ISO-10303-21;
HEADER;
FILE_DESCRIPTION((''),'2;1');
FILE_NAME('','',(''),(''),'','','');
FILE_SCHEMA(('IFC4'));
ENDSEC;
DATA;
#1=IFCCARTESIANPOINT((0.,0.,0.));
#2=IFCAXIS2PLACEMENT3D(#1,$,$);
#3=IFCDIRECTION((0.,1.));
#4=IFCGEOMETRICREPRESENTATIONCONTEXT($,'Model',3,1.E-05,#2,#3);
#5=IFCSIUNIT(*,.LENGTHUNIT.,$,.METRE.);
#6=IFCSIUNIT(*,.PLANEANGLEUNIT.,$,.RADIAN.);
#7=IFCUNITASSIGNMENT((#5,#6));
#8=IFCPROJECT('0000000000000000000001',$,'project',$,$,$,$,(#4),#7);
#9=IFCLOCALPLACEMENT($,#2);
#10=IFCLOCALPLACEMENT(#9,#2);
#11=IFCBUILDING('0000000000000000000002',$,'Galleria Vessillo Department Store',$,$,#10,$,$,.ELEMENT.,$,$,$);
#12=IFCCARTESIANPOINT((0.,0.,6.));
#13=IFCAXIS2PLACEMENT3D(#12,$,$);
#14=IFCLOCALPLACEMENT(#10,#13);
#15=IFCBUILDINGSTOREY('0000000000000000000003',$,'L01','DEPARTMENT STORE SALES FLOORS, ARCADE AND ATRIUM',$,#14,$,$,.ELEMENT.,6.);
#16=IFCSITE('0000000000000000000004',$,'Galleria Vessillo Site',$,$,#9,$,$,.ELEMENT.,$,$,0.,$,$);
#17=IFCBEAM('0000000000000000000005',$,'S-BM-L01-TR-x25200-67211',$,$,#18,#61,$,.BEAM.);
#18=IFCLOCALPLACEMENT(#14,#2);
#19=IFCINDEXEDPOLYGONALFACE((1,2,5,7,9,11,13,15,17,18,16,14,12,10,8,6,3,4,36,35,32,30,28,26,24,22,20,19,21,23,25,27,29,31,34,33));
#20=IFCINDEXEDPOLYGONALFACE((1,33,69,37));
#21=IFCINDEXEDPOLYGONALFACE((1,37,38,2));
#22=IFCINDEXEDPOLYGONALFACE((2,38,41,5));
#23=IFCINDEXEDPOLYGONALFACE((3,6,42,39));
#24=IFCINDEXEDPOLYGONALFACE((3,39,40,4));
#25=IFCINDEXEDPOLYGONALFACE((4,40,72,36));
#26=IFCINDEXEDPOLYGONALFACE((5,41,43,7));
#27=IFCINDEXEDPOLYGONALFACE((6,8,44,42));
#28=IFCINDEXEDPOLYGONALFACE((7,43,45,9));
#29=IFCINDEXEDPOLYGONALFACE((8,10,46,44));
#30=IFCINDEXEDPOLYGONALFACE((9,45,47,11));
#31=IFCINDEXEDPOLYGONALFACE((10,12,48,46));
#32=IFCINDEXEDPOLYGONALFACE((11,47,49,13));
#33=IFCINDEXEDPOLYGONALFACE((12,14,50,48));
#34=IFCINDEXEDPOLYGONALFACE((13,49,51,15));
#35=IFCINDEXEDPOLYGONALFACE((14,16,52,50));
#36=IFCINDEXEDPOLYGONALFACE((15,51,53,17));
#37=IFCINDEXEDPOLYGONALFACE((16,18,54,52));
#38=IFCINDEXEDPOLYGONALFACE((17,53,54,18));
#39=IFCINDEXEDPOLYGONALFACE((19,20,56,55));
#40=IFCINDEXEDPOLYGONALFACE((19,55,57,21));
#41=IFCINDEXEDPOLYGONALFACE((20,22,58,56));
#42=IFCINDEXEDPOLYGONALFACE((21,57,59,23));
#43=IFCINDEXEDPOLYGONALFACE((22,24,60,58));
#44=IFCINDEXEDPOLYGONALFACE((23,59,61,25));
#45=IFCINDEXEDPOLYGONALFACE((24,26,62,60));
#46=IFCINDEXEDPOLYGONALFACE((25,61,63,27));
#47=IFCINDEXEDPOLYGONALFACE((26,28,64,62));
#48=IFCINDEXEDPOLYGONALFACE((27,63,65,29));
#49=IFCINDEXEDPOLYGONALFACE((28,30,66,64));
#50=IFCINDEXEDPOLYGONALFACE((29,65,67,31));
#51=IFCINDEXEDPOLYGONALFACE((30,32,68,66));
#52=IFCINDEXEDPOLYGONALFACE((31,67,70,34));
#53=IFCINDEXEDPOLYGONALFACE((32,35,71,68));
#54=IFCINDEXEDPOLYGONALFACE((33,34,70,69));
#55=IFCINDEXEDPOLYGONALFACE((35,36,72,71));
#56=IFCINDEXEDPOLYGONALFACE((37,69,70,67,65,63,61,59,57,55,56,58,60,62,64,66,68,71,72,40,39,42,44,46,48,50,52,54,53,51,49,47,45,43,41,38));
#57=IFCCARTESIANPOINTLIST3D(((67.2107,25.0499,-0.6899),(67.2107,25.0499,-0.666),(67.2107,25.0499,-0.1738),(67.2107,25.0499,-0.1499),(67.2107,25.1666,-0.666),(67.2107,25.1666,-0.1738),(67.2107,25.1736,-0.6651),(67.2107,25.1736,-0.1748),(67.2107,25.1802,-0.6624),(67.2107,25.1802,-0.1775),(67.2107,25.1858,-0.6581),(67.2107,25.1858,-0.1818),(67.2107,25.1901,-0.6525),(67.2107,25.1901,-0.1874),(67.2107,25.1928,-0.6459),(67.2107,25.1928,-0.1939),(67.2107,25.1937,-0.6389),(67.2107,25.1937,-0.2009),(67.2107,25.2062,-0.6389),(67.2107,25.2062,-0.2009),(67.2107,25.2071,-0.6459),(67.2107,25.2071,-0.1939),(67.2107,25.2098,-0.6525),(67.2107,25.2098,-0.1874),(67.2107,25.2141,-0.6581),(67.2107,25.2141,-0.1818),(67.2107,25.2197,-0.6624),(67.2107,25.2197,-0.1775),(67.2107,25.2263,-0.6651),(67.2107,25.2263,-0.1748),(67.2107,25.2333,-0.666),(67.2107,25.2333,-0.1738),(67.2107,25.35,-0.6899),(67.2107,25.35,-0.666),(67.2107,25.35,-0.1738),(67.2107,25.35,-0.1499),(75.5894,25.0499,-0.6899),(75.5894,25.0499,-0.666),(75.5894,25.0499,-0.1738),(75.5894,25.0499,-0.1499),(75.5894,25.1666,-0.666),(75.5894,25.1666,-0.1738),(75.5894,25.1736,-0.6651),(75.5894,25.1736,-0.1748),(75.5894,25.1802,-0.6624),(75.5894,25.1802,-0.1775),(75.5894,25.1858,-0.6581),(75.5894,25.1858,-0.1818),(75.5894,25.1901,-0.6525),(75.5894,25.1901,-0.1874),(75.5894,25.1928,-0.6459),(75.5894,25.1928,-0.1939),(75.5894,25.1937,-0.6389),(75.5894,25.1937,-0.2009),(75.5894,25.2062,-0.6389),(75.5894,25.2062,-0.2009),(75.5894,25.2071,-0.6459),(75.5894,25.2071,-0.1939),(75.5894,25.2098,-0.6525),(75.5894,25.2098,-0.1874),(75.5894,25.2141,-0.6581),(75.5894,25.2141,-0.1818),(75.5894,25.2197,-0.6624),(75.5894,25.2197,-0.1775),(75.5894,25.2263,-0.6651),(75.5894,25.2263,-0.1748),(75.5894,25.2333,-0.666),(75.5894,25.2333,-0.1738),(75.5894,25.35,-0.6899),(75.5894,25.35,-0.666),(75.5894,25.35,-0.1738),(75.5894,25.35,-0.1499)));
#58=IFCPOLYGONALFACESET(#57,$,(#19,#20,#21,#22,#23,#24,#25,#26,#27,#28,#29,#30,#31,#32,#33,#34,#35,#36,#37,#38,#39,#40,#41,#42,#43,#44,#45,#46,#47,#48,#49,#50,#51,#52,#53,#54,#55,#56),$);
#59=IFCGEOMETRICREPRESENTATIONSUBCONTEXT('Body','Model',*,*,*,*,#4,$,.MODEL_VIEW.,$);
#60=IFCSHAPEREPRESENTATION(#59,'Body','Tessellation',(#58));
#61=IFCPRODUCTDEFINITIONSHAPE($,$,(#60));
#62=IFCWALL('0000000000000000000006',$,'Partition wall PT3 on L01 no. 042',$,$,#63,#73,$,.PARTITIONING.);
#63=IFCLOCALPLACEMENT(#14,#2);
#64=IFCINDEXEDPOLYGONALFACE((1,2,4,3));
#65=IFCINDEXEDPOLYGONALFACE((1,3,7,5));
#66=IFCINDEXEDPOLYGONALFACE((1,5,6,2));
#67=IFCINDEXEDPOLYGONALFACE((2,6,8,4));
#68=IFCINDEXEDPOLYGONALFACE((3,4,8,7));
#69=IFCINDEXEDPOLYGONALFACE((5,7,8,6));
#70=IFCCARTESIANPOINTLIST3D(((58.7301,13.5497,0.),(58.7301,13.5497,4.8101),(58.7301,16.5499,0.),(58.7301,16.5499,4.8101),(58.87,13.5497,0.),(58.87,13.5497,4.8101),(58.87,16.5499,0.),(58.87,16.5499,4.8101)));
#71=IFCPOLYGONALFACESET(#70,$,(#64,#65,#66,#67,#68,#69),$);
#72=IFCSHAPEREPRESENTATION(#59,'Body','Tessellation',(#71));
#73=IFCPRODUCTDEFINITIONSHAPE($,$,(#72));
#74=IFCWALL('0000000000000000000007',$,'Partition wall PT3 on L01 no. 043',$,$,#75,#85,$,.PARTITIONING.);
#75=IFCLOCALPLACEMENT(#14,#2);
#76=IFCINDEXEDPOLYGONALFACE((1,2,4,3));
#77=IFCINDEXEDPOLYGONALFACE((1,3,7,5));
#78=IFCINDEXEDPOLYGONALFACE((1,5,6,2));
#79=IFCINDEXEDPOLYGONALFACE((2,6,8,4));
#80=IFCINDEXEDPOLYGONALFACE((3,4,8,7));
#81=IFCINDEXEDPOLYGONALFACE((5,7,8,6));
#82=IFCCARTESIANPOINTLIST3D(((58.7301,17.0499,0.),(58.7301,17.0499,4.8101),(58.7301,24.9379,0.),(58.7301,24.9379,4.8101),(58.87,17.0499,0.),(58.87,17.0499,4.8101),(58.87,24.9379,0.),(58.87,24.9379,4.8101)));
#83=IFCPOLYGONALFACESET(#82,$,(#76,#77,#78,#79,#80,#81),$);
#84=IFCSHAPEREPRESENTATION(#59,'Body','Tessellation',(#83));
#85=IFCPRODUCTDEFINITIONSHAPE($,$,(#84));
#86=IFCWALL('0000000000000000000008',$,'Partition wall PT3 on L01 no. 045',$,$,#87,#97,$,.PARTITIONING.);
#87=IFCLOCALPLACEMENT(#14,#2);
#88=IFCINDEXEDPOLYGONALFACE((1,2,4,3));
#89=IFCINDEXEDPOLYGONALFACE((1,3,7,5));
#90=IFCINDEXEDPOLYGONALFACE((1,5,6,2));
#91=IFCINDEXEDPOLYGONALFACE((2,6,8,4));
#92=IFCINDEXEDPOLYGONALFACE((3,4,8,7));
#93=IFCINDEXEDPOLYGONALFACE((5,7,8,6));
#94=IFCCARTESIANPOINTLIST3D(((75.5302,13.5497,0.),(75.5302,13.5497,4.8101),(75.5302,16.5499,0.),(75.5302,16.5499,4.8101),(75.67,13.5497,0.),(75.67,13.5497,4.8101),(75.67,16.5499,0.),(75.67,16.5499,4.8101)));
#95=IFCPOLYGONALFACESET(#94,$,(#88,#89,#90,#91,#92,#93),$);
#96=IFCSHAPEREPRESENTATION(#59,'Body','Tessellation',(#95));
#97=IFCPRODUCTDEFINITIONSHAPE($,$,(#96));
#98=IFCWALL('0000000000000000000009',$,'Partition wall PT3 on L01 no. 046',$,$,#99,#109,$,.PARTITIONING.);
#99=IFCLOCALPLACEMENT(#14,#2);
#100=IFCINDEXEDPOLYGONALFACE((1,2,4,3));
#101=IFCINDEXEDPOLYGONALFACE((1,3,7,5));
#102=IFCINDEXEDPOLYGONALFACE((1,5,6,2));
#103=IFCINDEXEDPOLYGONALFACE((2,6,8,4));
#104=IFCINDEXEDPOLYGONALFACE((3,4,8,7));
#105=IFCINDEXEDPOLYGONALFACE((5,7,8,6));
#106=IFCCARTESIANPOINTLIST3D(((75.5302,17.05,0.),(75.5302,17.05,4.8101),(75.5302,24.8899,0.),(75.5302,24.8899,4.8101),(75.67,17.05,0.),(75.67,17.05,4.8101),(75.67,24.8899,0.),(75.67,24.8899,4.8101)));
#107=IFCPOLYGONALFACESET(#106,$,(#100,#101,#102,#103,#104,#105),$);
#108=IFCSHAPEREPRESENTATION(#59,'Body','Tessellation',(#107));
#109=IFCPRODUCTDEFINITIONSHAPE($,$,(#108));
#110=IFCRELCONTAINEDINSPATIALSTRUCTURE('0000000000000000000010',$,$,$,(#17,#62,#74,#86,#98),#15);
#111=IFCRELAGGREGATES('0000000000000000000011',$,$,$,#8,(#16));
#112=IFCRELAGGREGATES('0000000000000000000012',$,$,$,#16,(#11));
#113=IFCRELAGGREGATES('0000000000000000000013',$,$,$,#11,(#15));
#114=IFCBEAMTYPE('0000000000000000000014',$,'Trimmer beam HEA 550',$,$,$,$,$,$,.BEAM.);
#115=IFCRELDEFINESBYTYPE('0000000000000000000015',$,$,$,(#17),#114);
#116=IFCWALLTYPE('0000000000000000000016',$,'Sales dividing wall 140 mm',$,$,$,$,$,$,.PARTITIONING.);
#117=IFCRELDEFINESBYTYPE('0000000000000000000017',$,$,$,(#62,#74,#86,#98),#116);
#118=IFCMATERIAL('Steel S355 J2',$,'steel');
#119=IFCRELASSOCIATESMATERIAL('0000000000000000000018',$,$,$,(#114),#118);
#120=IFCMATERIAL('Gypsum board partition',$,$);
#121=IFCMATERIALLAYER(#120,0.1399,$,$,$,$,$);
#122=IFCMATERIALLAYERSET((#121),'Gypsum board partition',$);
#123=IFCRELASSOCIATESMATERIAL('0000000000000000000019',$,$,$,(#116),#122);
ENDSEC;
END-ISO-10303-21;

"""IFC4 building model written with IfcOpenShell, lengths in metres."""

from ifc_helpers import new_model, si_unit, direction, frame, frame_2d, origin, origin_2d, place, context, subcontext, project, spatial, rectangle, i_section, extrude, material, layer, layer_set, material_profile, profile_set, type_object, element, save


model = new_model("IFC4")

# Units and contexts
model_context = context("Model", 3, precision=1e-05, world=origin(), true_north=direction((0.0, 1.0)))
body_context = subcontext(model_context, "Body", "Model", "MODEL_VIEW")
ifc_project = project(units=[si_unit("LENGTHUNIT", "METRE"), si_unit("PLANEANGLEUNIT", "RADIAN")], contexts=[model_context])

# Site, building, storey
site_placement = place(None, origin())
site = spatial("IfcSite", under=ifc_project, at=site_placement, Name="Galleria Vessillo Site", CompositionType="ELEMENT", RefElevation=0.0)
building_placement = place(site_placement, origin())
building = spatial("IfcBuilding", under=site, at=building_placement, Name="Galleria Vessillo Department Store", CompositionType="ELEMENT")
storey_placement = place(building_placement, frame((0.0, 0.0, 6.0)))
storey = spatial("IfcBuildingStorey", under=building, at=storey_placement, Name="L01", Description="DEPARTMENT STORE SALES FLOORS, ARCADE AND ATRIUM", CompositionType="ELEMENT", Elevation=6.0)

# Beam
ifc_material_1 = material(Name="Steel S355 J2", Category="steel")
ifc_material_profile_1 = material_profile(ifc_material_1, i_section(OverallWidth=0.3, OverallDepth=0.54, WebThickness=0.0125, FlangeThickness=0.0239, FilletRadius=0.0271, at=origin_2d()), Name="HEA 550")
ifc_profile_set_1 = profile_set([ifc_material_profile_1], Name="Steel S355 J2")
beam_type_1 = type_object("IfcBeamType", Name="Trimmer beam HEA 550", PredefinedType="BEAM", material=ifc_profile_set_1)
beam_1_placement = place(storey_placement, frame((67.2107, 25.2, -0.4199), z_axis=(1.0, 0.0, 0.0), x_axis=(0.0, 1.0, 0.0)))
element("IfcBeam", 1, at=beam_1_placement, inside=storey, type_object=beam_type_1, Name="S-BM-L01-TR-x25200-67211", PredefinedType="BEAM", context=body_context, shape_type="SweptSolid", body=[
    extrude(i_section(OverallWidth=0.3, OverallDepth=0.54, WebThickness=0.0125, FlangeThickness=0.0239, FilletRadius=0.0271, at=origin_2d()), origin(), (0.0, 0.0, 1.0), 8.3787),
])

# Walls
ifc_material_2 = material(Name="Gypsum board partition")
ifc_layer = layer(ifc_material_2, 0.1399)
ifc_layer_set = layer_set([ifc_layer], Name="Gypsum board partition")
wall_type = type_object("IfcWallType", Name="Sales dividing wall 140 mm", PredefinedType="PARTITIONING", material=ifc_layer_set)
wall_1_placement = place(storey_placement, frame((58.8, 13.5498, 0.0), z_axis=(0.0, 0.0, 1.0), x_axis=(0.0, 1.0, 0.0)))
element("IfcWall", 2, at=wall_1_placement, inside=storey, type_object=wall_type, Name="Partition wall PT3 on L01 no. 042", PredefinedType="PARTITIONING", context=body_context, shape_type="SweptSolid", body=[
    extrude(rectangle(XDim=3.0002, YDim=0.1399, at=frame_2d((1.5, 0.0))), origin(), (0.0, 0.0, 1.0), 4.8101),
])
wall_2_placement = place(storey_placement, frame((58.8, 17.05, 0.0), z_axis=(0.0, 0.0, 1.0), x_axis=(0.0, 1.0, 0.0)))
element("IfcWall", 3, at=wall_2_placement, inside=storey, type_object=wall_type, Name="Partition wall PT3 on L01 no. 043", PredefinedType="PARTITIONING", context=body_context, shape_type="SweptSolid", body=[
    extrude(rectangle(XDim=7.8879, YDim=0.1399, at=frame_2d((3.9438, 0.0))), origin(), (0.0, 0.0, 1.0), 4.8101),
])
wall_3_placement = place(storey_placement, frame((75.6001, 13.5498, 0.0), z_axis=(0.0, 0.0, 1.0), x_axis=(0.0, 1.0, 0.0)))
element("IfcWall", 4, at=wall_3_placement, inside=storey, type_object=wall_type, Name="Partition wall PT3 on L01 no. 045", PredefinedType="PARTITIONING", context=body_context, shape_type="SweptSolid", body=[
    extrude(rectangle(XDim=3.0002, YDim=0.1399, at=frame_2d((1.5, 0.0))), origin(), (0.0, 0.0, 1.0), 4.8101),
])
wall_4_placement = place(storey_placement, frame((75.6001, 17.05, 0.0), z_axis=(0.0, 0.0, 1.0), x_axis=(0.0, 1.0, 0.0)))
element("IfcWall", 5, at=wall_4_placement, inside=storey, type_object=wall_type, Name="Partition wall PT3 on L01 no. 046", PredefinedType="PARTITIONING", context=body_context, shape_type="SweptSolid", body=[
    extrude(rectangle(XDim=7.8398, YDim=0.1399, at=frame_2d((3.9199, 0.0))), origin(), (0.0, 0.0, 1.0), 4.8101),
])

save(model, "model.ifc")
